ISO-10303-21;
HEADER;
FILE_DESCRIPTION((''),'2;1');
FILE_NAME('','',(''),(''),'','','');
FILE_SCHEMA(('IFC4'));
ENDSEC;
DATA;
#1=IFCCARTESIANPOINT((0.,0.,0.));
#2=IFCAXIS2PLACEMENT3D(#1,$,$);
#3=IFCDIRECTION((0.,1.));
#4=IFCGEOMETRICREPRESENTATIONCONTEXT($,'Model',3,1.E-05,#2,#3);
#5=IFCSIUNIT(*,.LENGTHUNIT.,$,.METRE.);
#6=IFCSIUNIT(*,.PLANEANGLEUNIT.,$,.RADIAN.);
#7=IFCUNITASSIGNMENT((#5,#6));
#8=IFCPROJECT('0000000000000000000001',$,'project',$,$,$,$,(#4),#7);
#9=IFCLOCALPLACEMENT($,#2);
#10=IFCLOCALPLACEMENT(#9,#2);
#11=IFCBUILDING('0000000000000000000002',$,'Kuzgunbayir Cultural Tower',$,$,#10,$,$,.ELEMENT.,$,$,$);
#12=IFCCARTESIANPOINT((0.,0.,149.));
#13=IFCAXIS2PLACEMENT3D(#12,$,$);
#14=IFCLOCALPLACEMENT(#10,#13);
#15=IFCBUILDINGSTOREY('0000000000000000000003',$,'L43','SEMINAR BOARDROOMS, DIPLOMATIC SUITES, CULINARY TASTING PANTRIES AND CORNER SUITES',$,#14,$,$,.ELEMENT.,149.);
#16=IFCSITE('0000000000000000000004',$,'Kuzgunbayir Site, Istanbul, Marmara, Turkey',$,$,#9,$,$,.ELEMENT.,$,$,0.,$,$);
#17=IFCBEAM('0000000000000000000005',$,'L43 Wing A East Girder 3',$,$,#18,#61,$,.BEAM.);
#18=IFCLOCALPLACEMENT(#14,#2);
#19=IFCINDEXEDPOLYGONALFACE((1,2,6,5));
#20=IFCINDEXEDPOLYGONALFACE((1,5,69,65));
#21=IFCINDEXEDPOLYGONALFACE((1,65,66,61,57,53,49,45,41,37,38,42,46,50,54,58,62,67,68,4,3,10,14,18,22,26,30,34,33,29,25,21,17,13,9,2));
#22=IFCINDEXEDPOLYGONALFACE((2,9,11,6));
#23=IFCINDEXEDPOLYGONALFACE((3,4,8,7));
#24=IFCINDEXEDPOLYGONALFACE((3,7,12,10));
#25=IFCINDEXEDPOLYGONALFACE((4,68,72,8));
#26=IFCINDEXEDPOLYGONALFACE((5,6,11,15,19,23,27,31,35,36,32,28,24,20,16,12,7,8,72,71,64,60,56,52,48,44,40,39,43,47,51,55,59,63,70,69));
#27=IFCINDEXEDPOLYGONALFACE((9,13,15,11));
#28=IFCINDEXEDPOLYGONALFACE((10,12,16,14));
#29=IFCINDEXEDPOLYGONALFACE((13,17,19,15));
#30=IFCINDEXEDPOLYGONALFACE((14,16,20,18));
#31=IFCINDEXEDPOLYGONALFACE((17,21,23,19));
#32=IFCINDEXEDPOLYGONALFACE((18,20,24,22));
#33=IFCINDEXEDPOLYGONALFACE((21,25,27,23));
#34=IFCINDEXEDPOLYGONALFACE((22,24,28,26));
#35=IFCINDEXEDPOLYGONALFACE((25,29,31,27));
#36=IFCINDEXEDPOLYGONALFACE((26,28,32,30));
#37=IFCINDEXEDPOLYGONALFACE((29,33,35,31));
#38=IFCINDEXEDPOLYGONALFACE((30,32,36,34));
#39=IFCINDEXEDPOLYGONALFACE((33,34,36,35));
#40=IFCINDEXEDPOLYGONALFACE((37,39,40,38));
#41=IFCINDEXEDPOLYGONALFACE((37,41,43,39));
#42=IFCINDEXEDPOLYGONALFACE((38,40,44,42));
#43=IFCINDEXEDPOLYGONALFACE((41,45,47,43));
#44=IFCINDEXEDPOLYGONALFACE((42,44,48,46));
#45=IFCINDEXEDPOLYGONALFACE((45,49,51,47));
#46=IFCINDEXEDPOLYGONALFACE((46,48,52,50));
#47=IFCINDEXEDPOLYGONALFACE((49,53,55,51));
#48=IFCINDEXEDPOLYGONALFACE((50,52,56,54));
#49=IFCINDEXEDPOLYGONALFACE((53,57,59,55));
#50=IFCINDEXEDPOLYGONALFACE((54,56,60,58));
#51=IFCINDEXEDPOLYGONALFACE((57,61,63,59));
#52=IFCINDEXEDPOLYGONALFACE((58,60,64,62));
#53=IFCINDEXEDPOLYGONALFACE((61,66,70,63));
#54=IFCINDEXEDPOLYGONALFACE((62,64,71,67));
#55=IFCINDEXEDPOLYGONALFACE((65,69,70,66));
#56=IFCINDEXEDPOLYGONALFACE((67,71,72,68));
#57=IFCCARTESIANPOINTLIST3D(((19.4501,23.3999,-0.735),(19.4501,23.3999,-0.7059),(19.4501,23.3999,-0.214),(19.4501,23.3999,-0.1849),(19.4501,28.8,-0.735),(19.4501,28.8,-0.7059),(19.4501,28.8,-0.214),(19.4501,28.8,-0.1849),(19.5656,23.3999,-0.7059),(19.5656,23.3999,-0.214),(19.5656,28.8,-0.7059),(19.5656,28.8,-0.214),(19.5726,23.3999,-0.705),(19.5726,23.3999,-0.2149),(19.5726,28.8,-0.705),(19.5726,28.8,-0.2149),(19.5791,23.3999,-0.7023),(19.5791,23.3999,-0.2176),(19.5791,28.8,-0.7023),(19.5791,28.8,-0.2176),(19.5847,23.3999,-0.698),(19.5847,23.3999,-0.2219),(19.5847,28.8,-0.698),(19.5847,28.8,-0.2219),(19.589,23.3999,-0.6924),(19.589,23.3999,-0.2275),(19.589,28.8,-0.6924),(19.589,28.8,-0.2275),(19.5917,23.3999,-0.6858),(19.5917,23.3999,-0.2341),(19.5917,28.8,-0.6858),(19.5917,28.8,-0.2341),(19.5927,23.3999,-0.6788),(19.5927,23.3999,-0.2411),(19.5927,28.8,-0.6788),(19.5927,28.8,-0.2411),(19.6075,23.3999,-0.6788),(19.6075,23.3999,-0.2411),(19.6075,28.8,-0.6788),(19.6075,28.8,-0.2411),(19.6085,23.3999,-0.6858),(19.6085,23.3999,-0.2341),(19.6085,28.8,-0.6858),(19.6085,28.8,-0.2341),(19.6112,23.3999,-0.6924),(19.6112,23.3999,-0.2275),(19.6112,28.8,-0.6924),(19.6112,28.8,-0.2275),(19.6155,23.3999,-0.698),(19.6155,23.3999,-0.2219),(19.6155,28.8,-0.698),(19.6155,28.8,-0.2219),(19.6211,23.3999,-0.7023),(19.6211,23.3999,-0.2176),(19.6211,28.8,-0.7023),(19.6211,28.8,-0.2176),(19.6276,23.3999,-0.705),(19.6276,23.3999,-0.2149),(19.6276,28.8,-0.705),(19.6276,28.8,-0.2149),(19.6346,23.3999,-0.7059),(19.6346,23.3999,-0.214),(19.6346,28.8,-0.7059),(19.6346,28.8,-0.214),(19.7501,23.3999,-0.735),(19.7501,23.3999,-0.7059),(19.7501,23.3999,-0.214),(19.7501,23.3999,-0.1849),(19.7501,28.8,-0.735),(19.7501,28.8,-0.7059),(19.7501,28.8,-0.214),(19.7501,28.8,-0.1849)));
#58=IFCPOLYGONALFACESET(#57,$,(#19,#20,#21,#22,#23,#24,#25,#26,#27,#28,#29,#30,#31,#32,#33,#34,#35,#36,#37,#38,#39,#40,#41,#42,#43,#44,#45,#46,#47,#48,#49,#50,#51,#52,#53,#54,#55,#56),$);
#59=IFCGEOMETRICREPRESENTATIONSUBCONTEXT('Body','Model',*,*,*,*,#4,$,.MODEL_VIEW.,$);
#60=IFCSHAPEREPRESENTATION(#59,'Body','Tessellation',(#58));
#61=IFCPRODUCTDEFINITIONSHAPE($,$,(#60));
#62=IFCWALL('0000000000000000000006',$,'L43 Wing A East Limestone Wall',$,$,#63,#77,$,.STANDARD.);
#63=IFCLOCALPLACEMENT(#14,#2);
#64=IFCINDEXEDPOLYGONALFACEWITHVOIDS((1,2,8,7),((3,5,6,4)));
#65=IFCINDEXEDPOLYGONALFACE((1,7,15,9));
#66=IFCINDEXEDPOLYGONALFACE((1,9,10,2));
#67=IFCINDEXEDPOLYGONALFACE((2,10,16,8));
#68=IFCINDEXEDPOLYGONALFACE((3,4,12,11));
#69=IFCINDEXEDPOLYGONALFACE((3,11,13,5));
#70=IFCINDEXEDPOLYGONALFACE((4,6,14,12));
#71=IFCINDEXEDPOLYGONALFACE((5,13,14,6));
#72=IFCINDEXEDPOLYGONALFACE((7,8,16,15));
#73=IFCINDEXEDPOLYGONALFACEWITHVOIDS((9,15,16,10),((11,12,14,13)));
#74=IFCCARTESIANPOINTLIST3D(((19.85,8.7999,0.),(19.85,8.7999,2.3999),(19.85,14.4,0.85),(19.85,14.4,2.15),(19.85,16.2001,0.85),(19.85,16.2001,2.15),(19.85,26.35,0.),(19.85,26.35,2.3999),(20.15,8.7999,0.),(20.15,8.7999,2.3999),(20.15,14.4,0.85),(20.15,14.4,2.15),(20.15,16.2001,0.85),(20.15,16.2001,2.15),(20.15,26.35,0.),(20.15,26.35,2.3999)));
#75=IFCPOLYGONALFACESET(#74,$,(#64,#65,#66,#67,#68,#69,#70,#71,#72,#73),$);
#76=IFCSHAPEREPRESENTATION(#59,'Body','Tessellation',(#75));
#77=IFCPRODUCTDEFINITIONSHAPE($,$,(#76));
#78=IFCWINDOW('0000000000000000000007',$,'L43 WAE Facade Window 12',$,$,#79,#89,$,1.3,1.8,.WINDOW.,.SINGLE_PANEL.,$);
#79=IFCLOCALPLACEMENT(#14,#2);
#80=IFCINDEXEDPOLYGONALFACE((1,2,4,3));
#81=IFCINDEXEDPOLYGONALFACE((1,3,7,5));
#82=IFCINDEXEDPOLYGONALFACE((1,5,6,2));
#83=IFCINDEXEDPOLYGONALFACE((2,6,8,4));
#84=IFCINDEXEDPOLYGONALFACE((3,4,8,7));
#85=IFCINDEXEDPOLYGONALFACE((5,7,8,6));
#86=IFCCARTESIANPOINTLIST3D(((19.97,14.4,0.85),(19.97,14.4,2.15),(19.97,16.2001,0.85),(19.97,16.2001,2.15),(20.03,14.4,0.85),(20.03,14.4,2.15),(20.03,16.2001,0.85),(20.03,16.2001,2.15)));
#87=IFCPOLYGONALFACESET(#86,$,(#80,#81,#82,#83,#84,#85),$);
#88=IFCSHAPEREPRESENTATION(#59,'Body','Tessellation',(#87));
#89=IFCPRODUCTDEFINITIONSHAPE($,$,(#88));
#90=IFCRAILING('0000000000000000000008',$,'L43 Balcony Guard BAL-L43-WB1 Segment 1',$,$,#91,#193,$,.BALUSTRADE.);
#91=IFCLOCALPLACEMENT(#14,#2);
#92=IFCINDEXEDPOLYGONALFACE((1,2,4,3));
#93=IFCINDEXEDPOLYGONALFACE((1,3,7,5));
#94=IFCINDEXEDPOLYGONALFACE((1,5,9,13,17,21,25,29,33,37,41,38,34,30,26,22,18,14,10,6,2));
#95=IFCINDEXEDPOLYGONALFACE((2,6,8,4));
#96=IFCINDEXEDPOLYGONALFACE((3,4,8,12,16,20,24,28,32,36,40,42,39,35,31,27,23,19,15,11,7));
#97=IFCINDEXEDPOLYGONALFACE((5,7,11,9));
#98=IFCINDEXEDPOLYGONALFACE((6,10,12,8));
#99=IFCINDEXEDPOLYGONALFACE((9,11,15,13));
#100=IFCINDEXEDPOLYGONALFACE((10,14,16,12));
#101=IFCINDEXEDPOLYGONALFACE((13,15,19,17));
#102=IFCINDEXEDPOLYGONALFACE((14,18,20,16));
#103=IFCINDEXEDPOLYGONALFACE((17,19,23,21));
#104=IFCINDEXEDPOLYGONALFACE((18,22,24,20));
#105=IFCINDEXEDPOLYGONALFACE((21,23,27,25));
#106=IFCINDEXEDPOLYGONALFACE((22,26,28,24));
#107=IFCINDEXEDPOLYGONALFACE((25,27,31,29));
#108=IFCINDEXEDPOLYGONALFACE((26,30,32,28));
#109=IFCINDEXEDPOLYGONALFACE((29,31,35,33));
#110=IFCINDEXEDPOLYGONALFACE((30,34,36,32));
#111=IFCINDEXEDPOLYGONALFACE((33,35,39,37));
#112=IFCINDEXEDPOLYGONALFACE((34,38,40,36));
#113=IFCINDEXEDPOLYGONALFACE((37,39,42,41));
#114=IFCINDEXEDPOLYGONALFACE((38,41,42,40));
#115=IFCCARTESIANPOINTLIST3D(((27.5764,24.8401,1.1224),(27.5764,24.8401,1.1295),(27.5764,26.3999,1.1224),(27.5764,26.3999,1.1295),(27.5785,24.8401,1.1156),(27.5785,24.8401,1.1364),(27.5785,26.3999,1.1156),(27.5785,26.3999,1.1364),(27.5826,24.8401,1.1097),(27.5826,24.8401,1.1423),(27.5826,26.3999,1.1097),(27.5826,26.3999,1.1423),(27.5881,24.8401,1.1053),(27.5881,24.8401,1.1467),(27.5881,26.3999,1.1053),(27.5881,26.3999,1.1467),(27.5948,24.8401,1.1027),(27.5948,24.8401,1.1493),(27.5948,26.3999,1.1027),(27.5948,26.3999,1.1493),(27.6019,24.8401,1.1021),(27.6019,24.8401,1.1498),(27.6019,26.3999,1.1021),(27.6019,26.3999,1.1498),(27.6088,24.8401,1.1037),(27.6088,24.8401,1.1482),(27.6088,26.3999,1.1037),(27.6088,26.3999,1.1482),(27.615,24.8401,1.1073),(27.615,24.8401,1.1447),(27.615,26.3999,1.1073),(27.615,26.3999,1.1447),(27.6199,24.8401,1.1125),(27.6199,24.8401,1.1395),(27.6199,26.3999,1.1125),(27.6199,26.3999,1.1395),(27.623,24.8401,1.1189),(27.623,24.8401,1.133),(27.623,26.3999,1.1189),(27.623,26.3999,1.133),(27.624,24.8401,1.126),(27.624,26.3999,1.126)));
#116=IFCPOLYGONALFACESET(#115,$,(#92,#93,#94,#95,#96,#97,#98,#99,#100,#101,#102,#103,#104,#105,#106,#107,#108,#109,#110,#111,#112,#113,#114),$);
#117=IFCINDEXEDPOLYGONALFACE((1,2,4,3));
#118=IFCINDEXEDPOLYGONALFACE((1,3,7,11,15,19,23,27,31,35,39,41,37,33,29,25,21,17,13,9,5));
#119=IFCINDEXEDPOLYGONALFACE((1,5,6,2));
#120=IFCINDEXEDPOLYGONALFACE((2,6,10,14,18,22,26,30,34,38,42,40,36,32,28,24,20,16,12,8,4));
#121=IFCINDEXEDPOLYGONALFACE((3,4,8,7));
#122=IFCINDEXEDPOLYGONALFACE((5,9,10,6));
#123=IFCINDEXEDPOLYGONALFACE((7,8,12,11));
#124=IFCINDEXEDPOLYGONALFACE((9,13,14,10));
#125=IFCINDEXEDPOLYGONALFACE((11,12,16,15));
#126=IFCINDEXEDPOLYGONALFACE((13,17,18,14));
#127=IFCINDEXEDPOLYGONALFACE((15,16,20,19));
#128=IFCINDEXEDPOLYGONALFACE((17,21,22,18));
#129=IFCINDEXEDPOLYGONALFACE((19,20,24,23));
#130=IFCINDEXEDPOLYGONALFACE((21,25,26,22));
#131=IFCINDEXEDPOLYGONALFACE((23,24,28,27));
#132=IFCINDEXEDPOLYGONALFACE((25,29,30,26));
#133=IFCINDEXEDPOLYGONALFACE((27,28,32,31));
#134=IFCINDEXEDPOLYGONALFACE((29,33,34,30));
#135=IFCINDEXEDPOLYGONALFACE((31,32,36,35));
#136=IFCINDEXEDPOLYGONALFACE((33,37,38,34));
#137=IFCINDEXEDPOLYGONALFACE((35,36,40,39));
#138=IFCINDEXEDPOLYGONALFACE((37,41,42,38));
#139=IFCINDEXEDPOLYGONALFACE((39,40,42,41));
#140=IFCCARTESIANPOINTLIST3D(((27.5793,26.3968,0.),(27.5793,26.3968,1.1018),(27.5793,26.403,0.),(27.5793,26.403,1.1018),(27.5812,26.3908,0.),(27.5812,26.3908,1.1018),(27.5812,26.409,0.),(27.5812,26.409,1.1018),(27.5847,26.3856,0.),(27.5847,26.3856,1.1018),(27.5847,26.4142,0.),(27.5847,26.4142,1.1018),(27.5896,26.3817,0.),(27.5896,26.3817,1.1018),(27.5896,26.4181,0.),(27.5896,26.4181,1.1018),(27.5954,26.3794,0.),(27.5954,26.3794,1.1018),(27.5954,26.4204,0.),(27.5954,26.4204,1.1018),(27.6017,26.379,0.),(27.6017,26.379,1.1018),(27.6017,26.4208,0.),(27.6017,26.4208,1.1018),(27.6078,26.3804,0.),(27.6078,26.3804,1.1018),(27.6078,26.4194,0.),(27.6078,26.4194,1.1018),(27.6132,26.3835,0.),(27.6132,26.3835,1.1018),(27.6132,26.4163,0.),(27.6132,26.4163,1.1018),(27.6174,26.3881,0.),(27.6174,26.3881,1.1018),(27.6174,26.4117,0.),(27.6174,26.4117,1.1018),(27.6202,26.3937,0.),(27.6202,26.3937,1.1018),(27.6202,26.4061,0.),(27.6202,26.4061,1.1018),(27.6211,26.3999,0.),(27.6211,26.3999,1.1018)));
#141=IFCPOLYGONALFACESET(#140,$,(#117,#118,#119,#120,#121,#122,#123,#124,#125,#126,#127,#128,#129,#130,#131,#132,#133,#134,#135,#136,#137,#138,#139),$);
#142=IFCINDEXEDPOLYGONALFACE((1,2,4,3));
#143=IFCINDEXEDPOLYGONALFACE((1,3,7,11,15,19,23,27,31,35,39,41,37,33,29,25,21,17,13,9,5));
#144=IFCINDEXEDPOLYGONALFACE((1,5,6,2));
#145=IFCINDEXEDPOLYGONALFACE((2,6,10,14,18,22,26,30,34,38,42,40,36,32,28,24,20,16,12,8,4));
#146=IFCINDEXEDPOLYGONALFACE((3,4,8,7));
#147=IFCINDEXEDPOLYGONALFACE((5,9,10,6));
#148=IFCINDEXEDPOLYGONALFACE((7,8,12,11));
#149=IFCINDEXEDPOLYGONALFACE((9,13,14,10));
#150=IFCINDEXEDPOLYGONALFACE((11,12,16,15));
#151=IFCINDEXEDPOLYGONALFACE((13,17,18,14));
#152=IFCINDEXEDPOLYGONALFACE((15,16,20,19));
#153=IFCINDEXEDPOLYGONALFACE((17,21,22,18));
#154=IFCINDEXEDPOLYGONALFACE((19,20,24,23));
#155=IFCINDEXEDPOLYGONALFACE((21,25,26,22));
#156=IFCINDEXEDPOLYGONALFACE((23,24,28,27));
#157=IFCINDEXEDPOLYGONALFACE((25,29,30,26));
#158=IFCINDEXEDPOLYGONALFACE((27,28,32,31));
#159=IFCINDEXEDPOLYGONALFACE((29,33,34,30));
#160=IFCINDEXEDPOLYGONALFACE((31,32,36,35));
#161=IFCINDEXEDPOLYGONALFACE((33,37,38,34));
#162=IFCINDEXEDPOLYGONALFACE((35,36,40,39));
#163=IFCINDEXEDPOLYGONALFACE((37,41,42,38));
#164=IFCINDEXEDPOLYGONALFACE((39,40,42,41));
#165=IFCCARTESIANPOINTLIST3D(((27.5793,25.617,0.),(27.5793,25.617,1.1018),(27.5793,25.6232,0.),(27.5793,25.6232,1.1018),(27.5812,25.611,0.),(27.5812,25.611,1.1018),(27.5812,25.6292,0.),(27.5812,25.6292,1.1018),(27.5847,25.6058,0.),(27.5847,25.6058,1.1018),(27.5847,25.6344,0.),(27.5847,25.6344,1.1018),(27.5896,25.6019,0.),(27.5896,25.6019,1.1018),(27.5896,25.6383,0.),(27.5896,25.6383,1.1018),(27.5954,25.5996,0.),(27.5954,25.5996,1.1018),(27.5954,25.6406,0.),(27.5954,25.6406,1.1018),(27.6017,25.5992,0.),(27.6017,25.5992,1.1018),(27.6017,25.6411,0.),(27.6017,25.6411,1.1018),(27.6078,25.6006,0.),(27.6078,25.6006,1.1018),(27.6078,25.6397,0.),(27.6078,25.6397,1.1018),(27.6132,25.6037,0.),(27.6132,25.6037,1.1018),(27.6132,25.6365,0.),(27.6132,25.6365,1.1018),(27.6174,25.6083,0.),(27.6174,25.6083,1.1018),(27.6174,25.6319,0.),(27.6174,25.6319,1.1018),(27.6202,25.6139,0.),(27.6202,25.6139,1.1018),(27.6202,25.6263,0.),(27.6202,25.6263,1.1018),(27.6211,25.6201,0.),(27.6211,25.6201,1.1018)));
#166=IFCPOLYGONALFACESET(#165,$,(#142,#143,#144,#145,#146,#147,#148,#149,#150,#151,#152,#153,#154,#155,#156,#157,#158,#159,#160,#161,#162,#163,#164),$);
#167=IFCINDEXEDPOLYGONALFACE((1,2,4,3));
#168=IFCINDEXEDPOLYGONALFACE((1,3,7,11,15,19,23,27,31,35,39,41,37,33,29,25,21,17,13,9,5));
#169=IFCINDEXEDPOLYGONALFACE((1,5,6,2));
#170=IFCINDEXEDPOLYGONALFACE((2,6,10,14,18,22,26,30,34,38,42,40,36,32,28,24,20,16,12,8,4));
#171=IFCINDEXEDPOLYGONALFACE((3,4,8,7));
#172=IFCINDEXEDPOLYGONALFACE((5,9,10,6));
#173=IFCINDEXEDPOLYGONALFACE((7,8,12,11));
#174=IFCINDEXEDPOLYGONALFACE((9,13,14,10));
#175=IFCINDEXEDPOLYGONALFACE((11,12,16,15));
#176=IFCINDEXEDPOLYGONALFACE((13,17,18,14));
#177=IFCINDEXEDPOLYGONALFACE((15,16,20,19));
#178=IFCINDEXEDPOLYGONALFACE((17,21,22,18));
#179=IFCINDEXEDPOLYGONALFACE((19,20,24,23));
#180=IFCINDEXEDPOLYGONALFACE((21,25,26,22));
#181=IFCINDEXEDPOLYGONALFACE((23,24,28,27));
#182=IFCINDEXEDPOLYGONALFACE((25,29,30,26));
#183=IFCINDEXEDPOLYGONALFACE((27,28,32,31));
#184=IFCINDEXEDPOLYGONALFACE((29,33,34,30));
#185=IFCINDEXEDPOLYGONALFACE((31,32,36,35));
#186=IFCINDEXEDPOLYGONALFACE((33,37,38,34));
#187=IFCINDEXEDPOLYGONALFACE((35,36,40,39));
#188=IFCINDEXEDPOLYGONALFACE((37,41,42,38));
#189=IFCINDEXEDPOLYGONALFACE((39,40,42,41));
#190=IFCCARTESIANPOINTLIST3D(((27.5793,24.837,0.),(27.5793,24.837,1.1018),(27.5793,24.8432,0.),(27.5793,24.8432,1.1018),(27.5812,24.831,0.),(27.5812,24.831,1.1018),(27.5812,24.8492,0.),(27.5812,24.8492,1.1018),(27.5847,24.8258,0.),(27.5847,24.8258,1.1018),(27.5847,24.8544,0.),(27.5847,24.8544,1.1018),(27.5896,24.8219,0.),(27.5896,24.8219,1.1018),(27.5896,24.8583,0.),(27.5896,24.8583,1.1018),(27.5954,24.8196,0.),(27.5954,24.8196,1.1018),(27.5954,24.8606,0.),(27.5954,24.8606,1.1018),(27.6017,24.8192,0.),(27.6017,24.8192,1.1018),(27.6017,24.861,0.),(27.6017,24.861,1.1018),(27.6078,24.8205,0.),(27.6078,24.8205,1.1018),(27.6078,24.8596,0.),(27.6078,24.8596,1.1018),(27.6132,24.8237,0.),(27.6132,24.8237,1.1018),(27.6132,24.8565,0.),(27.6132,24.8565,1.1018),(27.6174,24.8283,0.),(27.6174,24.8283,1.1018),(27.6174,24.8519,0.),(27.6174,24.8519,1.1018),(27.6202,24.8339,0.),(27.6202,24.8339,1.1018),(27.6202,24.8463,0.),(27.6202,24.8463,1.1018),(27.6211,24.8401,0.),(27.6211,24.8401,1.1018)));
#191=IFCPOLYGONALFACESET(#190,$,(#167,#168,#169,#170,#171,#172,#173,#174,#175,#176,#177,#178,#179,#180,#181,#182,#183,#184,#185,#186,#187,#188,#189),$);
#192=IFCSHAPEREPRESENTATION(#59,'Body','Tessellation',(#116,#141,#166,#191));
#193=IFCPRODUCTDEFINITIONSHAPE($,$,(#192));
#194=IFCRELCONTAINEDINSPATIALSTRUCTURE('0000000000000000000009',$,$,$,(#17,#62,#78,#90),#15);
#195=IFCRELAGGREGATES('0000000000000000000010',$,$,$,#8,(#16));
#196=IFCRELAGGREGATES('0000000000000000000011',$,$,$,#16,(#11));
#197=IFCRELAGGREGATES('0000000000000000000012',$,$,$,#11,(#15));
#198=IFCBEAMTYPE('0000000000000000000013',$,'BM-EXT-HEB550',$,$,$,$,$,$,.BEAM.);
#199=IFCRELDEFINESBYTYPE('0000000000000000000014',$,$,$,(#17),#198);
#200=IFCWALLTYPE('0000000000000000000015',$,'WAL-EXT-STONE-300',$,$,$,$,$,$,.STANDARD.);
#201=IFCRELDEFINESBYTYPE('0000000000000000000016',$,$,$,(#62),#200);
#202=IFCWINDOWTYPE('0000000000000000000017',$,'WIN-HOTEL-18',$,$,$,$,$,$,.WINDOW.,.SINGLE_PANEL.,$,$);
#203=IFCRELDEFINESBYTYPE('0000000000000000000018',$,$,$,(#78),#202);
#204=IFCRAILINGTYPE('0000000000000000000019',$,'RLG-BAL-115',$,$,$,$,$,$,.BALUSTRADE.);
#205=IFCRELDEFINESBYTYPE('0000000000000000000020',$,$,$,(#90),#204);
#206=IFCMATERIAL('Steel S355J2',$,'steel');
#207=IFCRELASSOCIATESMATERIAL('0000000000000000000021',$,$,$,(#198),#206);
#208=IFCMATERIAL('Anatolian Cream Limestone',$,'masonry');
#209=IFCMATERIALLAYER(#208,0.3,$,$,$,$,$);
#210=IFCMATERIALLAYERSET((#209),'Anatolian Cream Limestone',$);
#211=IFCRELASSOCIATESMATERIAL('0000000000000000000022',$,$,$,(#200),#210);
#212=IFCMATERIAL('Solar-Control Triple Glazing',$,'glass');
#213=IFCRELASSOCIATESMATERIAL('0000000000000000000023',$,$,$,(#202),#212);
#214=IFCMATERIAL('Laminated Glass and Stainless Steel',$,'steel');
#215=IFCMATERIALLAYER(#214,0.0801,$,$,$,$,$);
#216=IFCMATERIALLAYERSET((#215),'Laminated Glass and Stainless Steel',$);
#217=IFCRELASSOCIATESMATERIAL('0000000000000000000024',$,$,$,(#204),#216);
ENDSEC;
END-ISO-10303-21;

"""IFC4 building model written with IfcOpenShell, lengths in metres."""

from ifc_helpers import new_model, si_unit, direction, frame, frame_2d, origin, origin_2d, place, context, subcontext, project, spatial, rectangle, circle, i_section, extrude, material, layer, layer_set, material_profile, profile_set, type_object, element, fill, save


model = new_model("IFC4")

# Units and contexts
model_context = context("Model", 3, precision=1e-05, world=origin(), true_north=direction((0.0, 1.0)))
body_context = subcontext(model_context, "Body", "Model", "MODEL_VIEW")
ifc_project = project(units=[si_unit("LENGTHUNIT", "METRE"), si_unit("PLANEANGLEUNIT", "RADIAN")], contexts=[model_context])

# Site, building, storey
site_placement = place(None, origin())
site = spatial("IfcSite", under=ifc_project, at=site_placement, Name="Kuzgunbayir Site, Istanbul, Marmara, Turkey", CompositionType="ELEMENT", RefElevation=0.0)
building_placement = place(site_placement, origin())
building = spatial("IfcBuilding", under=site, at=building_placement, Name="Kuzgunbayir Cultural Tower", CompositionType="ELEMENT")
storey_placement = place(building_placement, frame((0.0, 0.0, 149.0)))
storey = spatial("IfcBuildingStorey", under=building, at=storey_placement, Name="L43", Description="SEMINAR BOARDROOMS, DIPLOMATIC SUITES, CULINARY TASTING PANTRIES AND CORNER SUITES", CompositionType="ELEMENT", Elevation=149.0)

# Beam
ifc_material_1 = material(Name="Steel S355J2", Category="steel")
ifc_material_profile_1 = material_profile(ifc_material_1, i_section(OverallWidth=0.3, OverallDepth=0.55, WebThickness=0.0149, FlangeThickness=0.0291, FilletRadius=0.0271, at=origin_2d()), Name="HEB 550")
ifc_profile_set_1 = profile_set([ifc_material_profile_1], Name="Steel S355J2")
beam_type_1 = type_object("IfcBeamType", Name="BM-EXT-HEB550", PredefinedType="BEAM", material=ifc_profile_set_1)
beam_1_placement = place(storey_placement, frame((19.6001, 23.3999, -0.46), z_axis=(0.0, 1.0, 0.0), x_axis=(-1.0, 0.0, 0.0)))
element("IfcBeam", 1, at=beam_1_placement, inside=storey, type_object=beam_type_1, Name="L43 Wing A East Girder 3", PredefinedType="BEAM", context=body_context, shape_type="SweptSolid", body=[
    extrude(i_section(OverallWidth=0.3, OverallDepth=0.55, WebThickness=0.0149, FlangeThickness=0.0291, FilletRadius=0.0271, at=origin_2d()), origin(), (0.0, 0.0, 1.0), 5.4001),
])

# Wall, opening, window
ifc_material_2 = material(Name="Anatolian Cream Limestone", Category="masonry")
ifc_layer_1 = layer(ifc_material_2, 0.3)
ifc_layer_set_1 = layer_set([ifc_layer_1], Name="Anatolian Cream Limestone")
wall_type = type_object("IfcWallType", Name="WAL-EXT-STONE-300", PredefinedType="STANDARD", material=ifc_layer_set_1)
wall_placement = place(storey_placement, frame((20.0, 8.8, 0.0), z_axis=(0.0, 0.0, 1.0), x_axis=(0.0, 1.0, 0.0)))
wall = element("IfcWall", 2, at=wall_placement, inside=storey, type_object=wall_type, Name="L43 Wing A East Limestone Wall", PredefinedType="STANDARD", context=body_context, shape_type="SweptSolid", body=[
    extrude(rectangle(XDim=17.55, YDim=0.3, at=frame_2d((8.7749, 0.0))), origin(), (0.0, 0.0, 1.0), 2.3999),
])
opening_placement = place(wall_placement, frame((5.6001, 0.0, 0.8501)))
opening = element("IfcOpeningElement", 3, at=opening_placement, cuts=wall, PredefinedType="OPENING", context=body_context, shape_type="SweptSolid", body=[
    extrude(rectangle(XDim=1.8, YDim=1.3, at=frame_2d((0.8999, 0.6499))), frame((0.0, 0.1602, 0.0), z_axis=(0.0, -1.0, 0.0), x_axis=(1.0, 0.0, 0.0)), (0.0, 0.0, 1.0), 0.3201),
])
ifc_material_3 = material(Name="Solar-Control Triple Glazing", Category="glass")
window_type = type_object("IfcWindowType", Name="WIN-HOTEL-18", PartitioningType="SINGLE_PANEL", PredefinedType="WINDOW", material=ifc_material_3)
window_placement = place(opening_placement, origin())
window = element("IfcWindow", 4, at=window_placement, inside=storey, type_object=window_type, Name="L43 WAE Facade Window 12", OverallHeight=1.3, OverallWidth=1.8, PartitioningType="SINGLE_PANEL", PredefinedType="WINDOW", context=body_context, shape_type="SweptSolid", body=[
    extrude(rectangle(XDim=1.8, YDim=1.3, at=frame_2d((0.8999, 0.6499))), frame((0.0, 0.03, 0.0), z_axis=(0.0, -1.0, 0.0), x_axis=(1.0, 0.0, 0.0)), (0.0, 0.0, 1.0), 0.0601),
])
fill(opening, window)

# Railing
ifc_material_4 = material(Name="Laminated Glass and Stainless Steel", Category="steel")
ifc_layer_2 = layer(ifc_material_4, 0.0801)
ifc_layer_set_2 = layer_set([ifc_layer_2], Name="Laminated Glass and Stainless Steel")
railing_type = type_object("IfcRailingType", Name="RLG-BAL-115", PredefinedType="BALUSTRADE", material=ifc_layer_set_2)
railing_1_placement = place(storey_placement, frame((27.6001, 26.3999, 0.0)))
element("IfcRailing", 5, at=railing_1_placement, inside=storey, type_object=railing_type, Name="L43 Balcony Guard BAL-L43-WB1 Segment 1", PredefinedType="BALUSTRADE", context=body_context, shape_type="SweptSolid", body=[
    extrude(circle(Radius=0.0239, at=origin_2d()), frame((0.0, 0.0, 1.126), z_axis=(0.0, -1.0, 0.0), x_axis=(1.0, 0.0, 0.0)), (0.0, 0.0, 1.0), 1.5598),
    extrude(circle(Radius=0.021, at=origin_2d()), origin(), (0.0, 0.0, 1.0), 1.1018),
    extrude(circle(Radius=0.021, at=origin_2d()), frame((0.0, -0.7798, 0.0)), (0.0, 0.0, 1.0), 1.1018),
    extrude(circle(Radius=0.021, at=origin_2d()), frame((0.0, -1.5598, 0.0)), (0.0, 0.0, 1.0), 1.1018),
])

save(model, "model.ifc")
